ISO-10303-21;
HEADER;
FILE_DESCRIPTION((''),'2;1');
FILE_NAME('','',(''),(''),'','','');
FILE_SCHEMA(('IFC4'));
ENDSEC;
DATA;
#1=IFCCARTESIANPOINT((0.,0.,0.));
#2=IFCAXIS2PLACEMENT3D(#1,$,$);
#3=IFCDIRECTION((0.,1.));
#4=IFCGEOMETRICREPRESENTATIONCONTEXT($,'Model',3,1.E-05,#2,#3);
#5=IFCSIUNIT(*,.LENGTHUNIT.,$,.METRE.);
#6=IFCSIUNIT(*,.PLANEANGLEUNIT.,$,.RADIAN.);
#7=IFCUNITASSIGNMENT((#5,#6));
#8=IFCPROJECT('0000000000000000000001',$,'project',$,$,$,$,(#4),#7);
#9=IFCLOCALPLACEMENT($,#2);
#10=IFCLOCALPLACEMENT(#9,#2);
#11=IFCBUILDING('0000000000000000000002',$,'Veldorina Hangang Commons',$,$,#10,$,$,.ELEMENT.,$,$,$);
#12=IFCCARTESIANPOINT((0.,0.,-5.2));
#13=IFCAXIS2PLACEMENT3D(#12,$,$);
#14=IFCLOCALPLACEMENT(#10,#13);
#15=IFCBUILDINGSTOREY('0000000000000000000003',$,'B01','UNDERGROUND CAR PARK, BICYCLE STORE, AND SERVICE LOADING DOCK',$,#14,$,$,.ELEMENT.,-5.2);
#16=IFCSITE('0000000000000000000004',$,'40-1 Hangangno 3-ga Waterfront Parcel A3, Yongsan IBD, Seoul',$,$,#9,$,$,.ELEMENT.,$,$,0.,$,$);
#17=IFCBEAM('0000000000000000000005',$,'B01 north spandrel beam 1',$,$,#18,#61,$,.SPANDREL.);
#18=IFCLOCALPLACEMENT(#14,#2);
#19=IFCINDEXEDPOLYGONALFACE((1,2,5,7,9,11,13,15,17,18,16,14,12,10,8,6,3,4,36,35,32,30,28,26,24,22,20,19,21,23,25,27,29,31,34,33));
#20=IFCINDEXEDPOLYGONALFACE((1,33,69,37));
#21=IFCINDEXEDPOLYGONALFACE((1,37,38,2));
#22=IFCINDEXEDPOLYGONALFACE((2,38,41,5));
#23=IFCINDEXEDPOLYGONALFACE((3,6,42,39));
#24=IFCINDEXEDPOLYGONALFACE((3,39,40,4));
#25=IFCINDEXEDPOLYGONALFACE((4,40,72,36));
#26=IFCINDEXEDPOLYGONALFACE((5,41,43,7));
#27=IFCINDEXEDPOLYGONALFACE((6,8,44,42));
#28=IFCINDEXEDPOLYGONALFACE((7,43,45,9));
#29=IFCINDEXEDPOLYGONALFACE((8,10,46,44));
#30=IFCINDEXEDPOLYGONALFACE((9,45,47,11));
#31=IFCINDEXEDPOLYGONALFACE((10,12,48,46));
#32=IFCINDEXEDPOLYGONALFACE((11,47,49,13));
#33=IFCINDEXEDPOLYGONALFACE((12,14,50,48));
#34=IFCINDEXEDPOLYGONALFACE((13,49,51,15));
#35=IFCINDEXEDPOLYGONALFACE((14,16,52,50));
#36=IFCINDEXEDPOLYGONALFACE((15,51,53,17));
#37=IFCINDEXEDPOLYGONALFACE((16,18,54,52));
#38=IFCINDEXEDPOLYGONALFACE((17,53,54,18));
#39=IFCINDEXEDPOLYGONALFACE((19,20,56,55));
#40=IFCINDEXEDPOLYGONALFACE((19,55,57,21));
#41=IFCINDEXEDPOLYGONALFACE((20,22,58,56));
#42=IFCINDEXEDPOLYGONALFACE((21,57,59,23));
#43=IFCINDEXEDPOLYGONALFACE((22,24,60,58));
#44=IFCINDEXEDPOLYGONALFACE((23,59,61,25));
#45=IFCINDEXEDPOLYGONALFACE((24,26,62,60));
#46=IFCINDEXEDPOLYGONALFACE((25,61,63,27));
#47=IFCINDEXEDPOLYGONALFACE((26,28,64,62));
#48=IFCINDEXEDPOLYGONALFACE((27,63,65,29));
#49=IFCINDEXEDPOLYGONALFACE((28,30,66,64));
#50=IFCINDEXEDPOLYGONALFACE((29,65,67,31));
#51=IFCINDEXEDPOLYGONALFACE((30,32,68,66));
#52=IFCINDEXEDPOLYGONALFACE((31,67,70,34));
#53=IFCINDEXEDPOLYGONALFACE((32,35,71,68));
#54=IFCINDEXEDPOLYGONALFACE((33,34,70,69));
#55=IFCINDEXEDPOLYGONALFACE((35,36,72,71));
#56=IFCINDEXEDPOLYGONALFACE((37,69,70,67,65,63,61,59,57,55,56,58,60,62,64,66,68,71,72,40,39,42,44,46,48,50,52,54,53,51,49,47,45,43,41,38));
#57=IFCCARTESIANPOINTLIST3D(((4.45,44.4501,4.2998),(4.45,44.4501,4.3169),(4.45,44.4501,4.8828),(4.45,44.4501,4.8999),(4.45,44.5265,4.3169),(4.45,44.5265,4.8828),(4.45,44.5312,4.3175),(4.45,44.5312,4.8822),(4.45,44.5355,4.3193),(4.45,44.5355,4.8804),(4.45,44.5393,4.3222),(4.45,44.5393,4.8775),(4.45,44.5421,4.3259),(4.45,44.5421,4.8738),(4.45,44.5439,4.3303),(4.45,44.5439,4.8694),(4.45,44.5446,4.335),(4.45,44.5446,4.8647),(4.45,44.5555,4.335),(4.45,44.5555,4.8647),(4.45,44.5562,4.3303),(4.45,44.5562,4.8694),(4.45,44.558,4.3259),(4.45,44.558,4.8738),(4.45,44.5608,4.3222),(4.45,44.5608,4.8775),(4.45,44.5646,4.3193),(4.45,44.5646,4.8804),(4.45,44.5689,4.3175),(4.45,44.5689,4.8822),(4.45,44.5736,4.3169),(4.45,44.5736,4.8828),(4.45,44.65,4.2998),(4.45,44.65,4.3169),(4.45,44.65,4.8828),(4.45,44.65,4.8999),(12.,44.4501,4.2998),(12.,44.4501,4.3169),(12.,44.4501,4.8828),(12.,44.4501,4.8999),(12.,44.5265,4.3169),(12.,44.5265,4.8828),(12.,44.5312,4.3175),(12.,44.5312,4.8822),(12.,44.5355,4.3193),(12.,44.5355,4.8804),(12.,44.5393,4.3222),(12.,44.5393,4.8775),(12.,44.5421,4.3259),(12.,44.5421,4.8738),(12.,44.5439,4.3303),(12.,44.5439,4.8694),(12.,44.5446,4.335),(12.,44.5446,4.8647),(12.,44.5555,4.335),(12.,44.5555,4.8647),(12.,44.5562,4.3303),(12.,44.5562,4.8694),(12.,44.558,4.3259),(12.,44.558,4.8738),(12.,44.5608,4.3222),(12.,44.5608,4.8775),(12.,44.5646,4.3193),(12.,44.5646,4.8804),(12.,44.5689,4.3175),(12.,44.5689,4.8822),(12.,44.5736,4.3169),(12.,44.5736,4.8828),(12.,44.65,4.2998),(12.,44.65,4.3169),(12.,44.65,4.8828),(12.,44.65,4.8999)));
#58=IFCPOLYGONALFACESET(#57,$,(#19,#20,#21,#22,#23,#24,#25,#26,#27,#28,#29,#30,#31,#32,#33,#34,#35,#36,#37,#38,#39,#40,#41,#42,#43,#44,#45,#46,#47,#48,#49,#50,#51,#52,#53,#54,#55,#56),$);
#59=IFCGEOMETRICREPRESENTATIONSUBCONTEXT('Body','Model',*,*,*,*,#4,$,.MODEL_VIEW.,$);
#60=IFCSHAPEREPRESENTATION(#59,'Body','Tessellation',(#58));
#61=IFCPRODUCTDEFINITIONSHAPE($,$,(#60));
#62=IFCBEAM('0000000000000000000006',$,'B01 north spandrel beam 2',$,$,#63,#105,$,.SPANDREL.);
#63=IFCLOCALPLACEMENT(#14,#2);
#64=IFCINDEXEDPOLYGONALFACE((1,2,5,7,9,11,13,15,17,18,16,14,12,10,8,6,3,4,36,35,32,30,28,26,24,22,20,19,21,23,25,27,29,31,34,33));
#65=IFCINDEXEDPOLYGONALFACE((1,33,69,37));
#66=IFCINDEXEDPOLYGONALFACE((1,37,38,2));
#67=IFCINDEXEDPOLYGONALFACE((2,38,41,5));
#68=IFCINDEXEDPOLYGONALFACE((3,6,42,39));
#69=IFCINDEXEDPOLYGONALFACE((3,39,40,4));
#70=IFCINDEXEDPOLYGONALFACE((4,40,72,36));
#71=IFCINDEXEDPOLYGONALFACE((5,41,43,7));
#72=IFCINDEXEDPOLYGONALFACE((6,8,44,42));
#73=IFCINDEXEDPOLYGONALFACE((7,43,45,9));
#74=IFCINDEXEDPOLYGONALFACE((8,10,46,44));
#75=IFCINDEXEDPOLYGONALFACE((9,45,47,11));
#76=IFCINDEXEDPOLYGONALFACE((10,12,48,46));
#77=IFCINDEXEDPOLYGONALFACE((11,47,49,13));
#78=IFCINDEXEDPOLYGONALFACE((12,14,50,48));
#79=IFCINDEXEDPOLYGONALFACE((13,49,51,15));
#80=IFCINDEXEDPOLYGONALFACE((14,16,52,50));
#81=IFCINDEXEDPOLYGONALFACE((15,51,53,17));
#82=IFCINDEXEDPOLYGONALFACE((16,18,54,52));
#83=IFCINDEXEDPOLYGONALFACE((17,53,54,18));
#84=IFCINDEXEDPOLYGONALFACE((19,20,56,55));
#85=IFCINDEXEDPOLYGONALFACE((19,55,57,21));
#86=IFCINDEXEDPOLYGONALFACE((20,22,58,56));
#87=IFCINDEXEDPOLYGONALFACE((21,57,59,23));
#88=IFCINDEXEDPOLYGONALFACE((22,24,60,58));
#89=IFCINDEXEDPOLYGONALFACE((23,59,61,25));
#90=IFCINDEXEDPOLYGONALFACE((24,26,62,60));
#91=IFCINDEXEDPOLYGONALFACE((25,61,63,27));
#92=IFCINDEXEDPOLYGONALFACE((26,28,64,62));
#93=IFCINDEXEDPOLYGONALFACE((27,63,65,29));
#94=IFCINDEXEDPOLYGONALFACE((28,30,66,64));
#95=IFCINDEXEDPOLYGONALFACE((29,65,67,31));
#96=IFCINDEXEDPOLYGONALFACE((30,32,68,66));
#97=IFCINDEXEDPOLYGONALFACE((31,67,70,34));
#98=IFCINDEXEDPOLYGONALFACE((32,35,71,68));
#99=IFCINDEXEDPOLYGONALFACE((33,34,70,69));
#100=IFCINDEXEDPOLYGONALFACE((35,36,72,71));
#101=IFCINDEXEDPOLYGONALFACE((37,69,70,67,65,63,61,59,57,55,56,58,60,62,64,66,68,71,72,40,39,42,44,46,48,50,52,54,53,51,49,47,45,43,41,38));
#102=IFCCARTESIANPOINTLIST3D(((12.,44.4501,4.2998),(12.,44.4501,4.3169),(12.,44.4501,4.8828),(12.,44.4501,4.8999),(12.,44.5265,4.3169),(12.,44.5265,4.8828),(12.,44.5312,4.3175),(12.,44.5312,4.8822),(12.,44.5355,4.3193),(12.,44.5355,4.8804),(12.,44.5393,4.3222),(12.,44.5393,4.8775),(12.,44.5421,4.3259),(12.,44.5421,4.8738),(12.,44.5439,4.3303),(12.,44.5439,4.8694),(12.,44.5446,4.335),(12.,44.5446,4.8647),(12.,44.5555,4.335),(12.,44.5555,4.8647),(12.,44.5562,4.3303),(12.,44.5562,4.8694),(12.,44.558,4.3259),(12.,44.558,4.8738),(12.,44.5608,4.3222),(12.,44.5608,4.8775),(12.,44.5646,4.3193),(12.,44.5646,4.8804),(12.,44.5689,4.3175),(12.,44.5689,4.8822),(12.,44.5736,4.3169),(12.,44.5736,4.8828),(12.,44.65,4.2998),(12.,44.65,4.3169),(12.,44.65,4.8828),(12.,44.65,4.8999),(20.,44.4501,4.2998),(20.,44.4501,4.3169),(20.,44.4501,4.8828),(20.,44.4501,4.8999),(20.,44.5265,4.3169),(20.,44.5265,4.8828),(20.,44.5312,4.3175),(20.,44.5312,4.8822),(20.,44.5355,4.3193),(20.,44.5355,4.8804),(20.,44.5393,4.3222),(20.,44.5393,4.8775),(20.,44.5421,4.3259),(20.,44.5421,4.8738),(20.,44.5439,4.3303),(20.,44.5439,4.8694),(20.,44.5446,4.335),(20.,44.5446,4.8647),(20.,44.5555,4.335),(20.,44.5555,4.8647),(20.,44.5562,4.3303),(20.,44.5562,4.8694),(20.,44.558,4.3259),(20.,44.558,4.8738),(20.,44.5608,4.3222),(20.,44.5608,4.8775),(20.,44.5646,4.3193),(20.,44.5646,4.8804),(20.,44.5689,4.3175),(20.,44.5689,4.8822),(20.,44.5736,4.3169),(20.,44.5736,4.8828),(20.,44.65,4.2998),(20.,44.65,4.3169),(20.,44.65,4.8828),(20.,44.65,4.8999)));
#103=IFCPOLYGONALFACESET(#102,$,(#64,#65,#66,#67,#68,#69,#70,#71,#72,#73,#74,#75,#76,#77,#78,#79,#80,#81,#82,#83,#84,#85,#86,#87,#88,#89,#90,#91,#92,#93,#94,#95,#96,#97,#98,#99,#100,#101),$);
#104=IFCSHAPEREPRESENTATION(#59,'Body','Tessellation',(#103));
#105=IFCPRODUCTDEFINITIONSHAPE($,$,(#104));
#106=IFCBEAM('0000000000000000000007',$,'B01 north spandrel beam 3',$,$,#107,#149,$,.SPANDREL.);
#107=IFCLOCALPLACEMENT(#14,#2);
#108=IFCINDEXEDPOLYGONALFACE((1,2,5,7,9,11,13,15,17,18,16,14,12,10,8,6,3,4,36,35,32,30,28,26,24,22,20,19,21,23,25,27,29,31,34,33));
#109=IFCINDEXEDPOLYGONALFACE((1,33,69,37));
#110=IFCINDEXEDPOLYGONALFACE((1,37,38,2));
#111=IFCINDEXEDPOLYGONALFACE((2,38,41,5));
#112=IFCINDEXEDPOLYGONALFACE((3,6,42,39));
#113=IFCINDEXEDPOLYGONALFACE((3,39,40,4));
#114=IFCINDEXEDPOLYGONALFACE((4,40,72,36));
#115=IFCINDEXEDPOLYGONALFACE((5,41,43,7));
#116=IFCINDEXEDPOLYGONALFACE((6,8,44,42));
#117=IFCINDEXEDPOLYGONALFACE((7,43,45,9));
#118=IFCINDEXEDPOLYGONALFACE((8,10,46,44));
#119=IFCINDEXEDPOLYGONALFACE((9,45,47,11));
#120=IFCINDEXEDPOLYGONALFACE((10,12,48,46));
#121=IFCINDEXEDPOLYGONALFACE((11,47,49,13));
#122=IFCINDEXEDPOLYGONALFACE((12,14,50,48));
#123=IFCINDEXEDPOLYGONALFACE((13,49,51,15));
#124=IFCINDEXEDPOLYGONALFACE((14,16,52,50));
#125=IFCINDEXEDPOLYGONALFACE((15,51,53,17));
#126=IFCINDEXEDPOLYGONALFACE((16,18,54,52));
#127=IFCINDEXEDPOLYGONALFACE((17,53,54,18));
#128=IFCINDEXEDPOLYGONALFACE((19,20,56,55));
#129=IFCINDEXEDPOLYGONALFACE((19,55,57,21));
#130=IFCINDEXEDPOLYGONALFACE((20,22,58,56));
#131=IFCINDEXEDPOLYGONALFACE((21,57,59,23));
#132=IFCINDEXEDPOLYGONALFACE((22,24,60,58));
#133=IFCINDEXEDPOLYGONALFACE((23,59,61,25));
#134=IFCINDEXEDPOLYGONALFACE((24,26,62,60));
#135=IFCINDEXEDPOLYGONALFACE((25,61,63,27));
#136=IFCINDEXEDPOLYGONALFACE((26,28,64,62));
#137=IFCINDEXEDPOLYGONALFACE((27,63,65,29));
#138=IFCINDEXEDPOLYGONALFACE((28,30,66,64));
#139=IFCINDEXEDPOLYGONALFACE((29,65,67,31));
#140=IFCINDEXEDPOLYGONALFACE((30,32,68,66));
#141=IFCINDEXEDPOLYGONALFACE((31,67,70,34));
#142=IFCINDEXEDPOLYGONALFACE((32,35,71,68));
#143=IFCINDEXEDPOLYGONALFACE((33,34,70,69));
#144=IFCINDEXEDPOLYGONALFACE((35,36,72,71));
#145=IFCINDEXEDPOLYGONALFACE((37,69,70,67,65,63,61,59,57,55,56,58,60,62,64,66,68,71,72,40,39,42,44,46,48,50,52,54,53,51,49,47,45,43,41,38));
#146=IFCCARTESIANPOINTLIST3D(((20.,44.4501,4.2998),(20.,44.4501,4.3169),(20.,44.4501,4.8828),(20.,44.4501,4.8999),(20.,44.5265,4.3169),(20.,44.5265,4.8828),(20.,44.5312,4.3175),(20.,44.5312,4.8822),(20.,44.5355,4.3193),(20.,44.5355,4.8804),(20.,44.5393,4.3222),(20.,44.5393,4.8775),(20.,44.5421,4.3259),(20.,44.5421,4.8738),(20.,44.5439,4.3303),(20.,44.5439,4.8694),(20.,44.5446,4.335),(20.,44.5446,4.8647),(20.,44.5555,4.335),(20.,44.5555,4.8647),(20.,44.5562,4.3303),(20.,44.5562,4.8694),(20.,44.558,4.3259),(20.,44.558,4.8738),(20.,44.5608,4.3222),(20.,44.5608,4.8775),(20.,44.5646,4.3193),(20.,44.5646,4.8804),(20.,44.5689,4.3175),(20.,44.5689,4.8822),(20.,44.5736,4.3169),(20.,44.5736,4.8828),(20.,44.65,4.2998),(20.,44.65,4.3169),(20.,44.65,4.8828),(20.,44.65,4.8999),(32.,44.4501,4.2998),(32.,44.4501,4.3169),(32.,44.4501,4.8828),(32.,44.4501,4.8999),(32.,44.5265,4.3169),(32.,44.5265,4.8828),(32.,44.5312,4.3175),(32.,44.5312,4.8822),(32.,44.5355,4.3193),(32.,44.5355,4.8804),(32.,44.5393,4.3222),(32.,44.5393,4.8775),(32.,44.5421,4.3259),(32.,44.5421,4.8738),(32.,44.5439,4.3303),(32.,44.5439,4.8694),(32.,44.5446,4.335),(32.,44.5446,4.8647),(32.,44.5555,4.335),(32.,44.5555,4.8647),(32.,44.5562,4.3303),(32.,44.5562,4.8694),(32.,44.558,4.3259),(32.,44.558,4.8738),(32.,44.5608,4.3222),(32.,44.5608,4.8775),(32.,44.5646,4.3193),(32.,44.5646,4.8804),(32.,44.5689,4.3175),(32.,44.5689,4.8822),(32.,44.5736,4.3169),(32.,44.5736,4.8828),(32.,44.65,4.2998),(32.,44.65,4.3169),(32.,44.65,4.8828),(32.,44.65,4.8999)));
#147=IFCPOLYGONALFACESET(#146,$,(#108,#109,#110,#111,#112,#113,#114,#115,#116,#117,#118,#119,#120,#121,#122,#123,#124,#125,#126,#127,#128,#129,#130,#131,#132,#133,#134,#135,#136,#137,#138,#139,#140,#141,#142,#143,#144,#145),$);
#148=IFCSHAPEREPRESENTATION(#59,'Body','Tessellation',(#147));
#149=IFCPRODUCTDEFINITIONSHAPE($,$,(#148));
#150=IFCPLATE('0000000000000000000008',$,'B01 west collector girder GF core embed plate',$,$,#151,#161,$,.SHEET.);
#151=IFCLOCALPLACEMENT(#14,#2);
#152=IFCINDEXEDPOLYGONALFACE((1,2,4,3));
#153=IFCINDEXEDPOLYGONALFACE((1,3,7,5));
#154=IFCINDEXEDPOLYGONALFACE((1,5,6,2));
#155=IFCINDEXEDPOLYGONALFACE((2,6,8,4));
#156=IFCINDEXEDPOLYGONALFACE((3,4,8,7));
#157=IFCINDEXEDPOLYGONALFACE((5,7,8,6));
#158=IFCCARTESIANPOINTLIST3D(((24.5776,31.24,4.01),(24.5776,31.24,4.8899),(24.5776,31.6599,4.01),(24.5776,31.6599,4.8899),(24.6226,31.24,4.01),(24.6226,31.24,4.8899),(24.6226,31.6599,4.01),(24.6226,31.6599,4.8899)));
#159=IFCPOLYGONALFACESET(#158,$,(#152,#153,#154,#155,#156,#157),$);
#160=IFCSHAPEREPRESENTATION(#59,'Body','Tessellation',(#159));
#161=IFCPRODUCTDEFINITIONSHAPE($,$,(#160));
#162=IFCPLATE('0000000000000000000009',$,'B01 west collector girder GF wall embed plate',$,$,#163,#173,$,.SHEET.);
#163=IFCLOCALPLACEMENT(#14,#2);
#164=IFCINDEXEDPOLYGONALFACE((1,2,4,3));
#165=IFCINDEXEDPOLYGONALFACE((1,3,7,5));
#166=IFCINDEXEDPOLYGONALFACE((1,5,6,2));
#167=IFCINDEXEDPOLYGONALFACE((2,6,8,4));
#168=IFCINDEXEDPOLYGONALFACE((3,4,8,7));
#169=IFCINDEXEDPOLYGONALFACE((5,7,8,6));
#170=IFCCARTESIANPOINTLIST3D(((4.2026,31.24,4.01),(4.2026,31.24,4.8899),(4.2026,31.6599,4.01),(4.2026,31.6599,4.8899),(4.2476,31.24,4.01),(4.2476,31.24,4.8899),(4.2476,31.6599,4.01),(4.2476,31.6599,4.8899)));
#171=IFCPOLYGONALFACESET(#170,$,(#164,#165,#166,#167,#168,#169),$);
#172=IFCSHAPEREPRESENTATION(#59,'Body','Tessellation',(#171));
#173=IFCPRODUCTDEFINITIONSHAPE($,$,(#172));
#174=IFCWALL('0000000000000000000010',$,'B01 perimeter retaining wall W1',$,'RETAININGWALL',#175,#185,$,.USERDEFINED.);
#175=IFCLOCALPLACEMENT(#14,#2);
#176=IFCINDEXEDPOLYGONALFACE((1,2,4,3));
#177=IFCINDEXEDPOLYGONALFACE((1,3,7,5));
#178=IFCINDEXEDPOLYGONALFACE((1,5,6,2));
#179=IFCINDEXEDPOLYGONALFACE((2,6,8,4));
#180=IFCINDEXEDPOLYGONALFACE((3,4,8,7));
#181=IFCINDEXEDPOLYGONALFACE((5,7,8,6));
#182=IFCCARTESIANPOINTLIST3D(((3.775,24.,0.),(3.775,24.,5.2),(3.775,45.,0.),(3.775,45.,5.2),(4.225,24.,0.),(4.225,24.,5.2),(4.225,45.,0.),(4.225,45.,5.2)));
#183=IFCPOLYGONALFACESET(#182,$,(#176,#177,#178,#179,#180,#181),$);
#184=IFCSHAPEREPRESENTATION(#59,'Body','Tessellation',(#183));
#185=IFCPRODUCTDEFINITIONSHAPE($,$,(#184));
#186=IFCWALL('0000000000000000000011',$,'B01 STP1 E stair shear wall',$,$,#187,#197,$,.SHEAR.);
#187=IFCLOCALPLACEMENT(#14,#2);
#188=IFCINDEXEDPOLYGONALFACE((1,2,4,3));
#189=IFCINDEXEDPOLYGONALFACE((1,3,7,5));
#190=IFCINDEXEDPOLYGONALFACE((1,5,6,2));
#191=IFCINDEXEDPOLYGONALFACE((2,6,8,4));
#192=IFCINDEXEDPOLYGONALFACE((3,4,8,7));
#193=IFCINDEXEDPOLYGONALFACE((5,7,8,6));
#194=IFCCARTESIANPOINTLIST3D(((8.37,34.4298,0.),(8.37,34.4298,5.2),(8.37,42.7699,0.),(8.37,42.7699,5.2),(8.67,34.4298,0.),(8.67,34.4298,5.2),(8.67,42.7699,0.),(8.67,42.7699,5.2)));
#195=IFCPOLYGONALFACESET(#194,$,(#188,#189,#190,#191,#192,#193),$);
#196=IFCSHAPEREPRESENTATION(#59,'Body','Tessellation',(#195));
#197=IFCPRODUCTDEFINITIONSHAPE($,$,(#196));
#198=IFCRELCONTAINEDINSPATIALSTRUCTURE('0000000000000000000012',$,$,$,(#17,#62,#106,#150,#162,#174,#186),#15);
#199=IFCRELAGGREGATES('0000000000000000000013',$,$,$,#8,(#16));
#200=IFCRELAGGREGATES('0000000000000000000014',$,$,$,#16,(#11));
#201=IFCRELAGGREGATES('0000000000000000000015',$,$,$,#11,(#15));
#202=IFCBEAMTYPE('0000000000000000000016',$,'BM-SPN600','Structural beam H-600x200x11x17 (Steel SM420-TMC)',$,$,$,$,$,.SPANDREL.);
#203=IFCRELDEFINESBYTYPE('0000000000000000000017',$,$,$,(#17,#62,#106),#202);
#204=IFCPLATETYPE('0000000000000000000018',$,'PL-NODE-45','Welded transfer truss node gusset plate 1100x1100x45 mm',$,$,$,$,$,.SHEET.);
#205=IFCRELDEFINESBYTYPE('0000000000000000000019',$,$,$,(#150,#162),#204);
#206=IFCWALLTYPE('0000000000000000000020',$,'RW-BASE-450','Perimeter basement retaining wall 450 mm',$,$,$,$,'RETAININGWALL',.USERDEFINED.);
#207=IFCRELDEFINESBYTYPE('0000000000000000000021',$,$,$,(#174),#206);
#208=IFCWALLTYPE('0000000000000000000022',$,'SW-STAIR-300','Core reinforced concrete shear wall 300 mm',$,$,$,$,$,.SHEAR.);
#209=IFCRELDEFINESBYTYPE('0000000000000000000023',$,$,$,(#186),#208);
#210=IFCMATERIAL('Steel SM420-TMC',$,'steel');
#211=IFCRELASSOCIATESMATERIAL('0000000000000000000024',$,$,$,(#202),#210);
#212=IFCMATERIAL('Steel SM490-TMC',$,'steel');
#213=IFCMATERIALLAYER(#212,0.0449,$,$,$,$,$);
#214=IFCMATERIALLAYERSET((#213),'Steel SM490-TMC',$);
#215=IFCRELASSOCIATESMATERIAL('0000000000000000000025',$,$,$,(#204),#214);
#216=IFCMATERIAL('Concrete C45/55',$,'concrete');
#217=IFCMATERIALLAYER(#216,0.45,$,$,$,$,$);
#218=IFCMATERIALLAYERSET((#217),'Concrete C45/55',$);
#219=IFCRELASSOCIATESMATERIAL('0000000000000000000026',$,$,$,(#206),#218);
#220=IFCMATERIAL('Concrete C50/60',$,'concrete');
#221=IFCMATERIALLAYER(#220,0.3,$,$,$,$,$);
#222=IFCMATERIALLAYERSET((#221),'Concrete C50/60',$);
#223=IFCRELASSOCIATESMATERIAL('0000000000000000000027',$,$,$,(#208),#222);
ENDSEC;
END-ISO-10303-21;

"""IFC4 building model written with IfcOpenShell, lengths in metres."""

from ifc_helpers import new_model, si_unit, direction, frame, frame_2d, origin, origin_2d, place, context, subcontext, project, spatial, rectangle, i_section, extrude, material, layer, layer_set, material_profile, profile_set, type_object, element, save


model = new_model("IFC4")

# Units and contexts
model_context = context("Model", 3, precision=1e-05, world=origin(), true_north=direction((0.0, 1.0)))
body_context = subcontext(model_context, "Body", "Model", "MODEL_VIEW")
ifc_project = project(units=[si_unit("LENGTHUNIT", "METRE"), si_unit("PLANEANGLEUNIT", "RADIAN")], contexts=[model_context])

# Site, building, storey
site_placement = place(None, origin())
site = spatial("IfcSite", under=ifc_project, at=site_placement, Name="40-1 Hangangno 3-ga Waterfront Parcel A3, Yongsan IBD, Seoul", CompositionType="ELEMENT", RefElevation=0.0)
building_placement = place(site_placement, origin())
building = spatial("IfcBuilding", under=site, at=building_placement, Name="Veldorina Hangang Commons", CompositionType="ELEMENT")
storey_placement = place(building_placement, frame((0.0, 0.0, -5.2)))
storey = spatial("IfcBuildingStorey", under=building, at=storey_placement, Name="B01", Description="UNDERGROUND CAR PARK, BICYCLE STORE, AND SERVICE LOADING DOCK", CompositionType="ELEMENT", Elevation=-5.2)

# Shared definitions
ifc_material_1 = material(Name="Concrete C50/60", Category="concrete")

# Beams
ifc_material_2 = material(Name="Steel SM420-TMC", Category="steel")
ifc_material_profile_1 = material_profile(ifc_material_2, i_section(OverallWidth=0.2, OverallDepth=0.6001, WebThickness=0.011, FlangeThickness=0.0171, FilletRadius=0.0181, at=origin_2d()), Name="H-600x200x11x17")
ifc_profile_set_1 = profile_set([ifc_material_profile_1], Name="Steel SM420-TMC")
beam_type_1 = type_object("IfcBeamType", Name="BM-SPN600", Description="Structural beam H-600x200x11x17 (Steel SM420-TMC)", PredefinedType="SPANDREL", material=ifc_profile_set_1)
beam_1_placement = place(storey_placement, frame((4.45, 44.55, 4.5999), z_axis=(1.0, 0.0, 0.0), x_axis=(0.0, 1.0, 0.0)))
element("IfcBeam", 1, at=beam_1_placement, inside=storey, type_object=beam_type_1, Name="B01 north spandrel beam 1", PredefinedType="SPANDREL", context=body_context, shape_type="SweptSolid", body=[
    extrude(i_section(OverallWidth=0.2, OverallDepth=0.6001, WebThickness=0.011, FlangeThickness=0.0171, FilletRadius=0.0181, at=origin_2d()), origin(), (0.0, 0.0, 1.0), 7.55),
])
beam_2_placement = place(storey_placement, frame((12.0, 44.55, 4.5999), z_axis=(1.0, 0.0, 0.0), x_axis=(0.0, 1.0, 0.0)))
element("IfcBeam", 2, at=beam_2_placement, inside=storey, type_object=beam_type_1, Name="B01 north spandrel beam 2", PredefinedType="SPANDREL", context=body_context, shape_type="SweptSolid", body=[
    extrude(i_section(OverallWidth=0.2, OverallDepth=0.6001, WebThickness=0.011, FlangeThickness=0.0171, FilletRadius=0.0181, at=origin_2d()), origin(), (0.0, 0.0, 1.0), 8.0),
])
beam_3_placement = place(storey_placement, frame((20.0, 44.55, 4.5999), z_axis=(1.0, 0.0, 0.0), x_axis=(0.0, 1.0, 0.0)))
element("IfcBeam", 3, at=beam_3_placement, inside=storey, type_object=beam_type_1, Name="B01 north spandrel beam 3", PredefinedType="SPANDREL", context=body_context, shape_type="SweptSolid", body=[
    extrude(i_section(OverallWidth=0.2, OverallDepth=0.6001, WebThickness=0.011, FlangeThickness=0.0171, FilletRadius=0.0181, at=origin_2d()), origin(), (0.0, 0.0, 1.0), 12.0),
])

# Plates
ifc_material_3 = material(Name="Steel SM490-TMC", Category="steel")
ifc_layer_1 = layer(ifc_material_3, 0.0449)
ifc_layer_set_1 = layer_set([ifc_layer_1], Name="Steel SM490-TMC")
plate_type = type_object("IfcPlateType", Name="PL-NODE-45", Description="Welded transfer truss node gusset plate 1100x1100x45 mm", PredefinedType="SHEET", material=ifc_layer_set_1)
for number, where, z_axis, x_axis, name in (
    (4, (24.6001, 31.45, 4.01), (0.0, 0.0, 1.0), (1.0, 0.0, 0.0), "B01 west collector girder GF core embed plate"),
    (5, (4.2251, 31.45, 4.01), (0.0, 0.0, 1.0), (1.0, 0.0, 0.0), "B01 west collector girder GF wall embed plate"),
):
    element("IfcPlate", number, at=place(storey_placement, frame(where, z_axis=z_axis, x_axis=x_axis)), inside=storey, type_object=plate_type, Name=name, PredefinedType="SHEET", context=body_context, shape_type="SweptSolid", body=[
        extrude(rectangle(XDim=0.0449, YDim=0.4199, at=origin_2d()), origin(), (0.0, 0.0, 1.0), 0.8799),
    ])

# Walls
ifc_material_4 = material(Name="Concrete C45/55", Category="concrete")
ifc_layer_2 = layer(ifc_material_4, 0.45)
ifc_layer_set_2 = layer_set([ifc_layer_2], Name="Concrete C45/55")
wall_type_1 = type_object("IfcWallType", Name="RW-BASE-450", Description="Perimeter basement retaining wall 450 mm", ElementType="RETAININGWALL", PredefinedType="USERDEFINED", material=ifc_layer_set_2)
wall_1_placement = place(storey_placement, frame((4.0, 45.0, 0.0), z_axis=(0.0, 0.0, 1.0), x_axis=(0.0, -1.0, 0.0)))
element("IfcWall", 6, at=wall_1_placement, inside=storey, type_object=wall_type_1, Name="B01 perimeter retaining wall W1", ObjectType="RETAININGWALL", PredefinedType="USERDEFINED", context=body_context, shape_type="SweptSolid", body=[
    extrude(rectangle(XDim=21.0, YDim=0.45, at=frame_2d((10.5, 0.0))), origin(), (0.0, 0.0, 1.0), 5.2),
])
ifc_layer_3 = layer(ifc_material_1, 0.3)
ifc_layer_set_3 = layer_set([ifc_layer_3], Name="Concrete C50/60")
wall_type_2 = type_object("IfcWallType", Name="SW-STAIR-300", Description="Core reinforced concrete shear wall 300 mm", PredefinedType="SHEAR", material=ifc_layer_set_3)
wall_2_placement = place(storey_placement, frame((8.52, 34.4299, 0.0), z_axis=(0.0, 0.0, 1.0), x_axis=(0.0, 1.0, 0.0)))
element("IfcWall", 7, at=wall_2_placement, inside=storey, type_object=wall_type_2, Name="B01 STP1 E stair shear wall", PredefinedType="SHEAR", context=body_context, shape_type="SweptSolid", body=[
    extrude(rectangle(XDim=8.3401, YDim=0.3, at=frame_2d((4.1699, 0.0))), origin(), (0.0, 0.0, 1.0), 5.2),
])

save(model, "model.ifc")
